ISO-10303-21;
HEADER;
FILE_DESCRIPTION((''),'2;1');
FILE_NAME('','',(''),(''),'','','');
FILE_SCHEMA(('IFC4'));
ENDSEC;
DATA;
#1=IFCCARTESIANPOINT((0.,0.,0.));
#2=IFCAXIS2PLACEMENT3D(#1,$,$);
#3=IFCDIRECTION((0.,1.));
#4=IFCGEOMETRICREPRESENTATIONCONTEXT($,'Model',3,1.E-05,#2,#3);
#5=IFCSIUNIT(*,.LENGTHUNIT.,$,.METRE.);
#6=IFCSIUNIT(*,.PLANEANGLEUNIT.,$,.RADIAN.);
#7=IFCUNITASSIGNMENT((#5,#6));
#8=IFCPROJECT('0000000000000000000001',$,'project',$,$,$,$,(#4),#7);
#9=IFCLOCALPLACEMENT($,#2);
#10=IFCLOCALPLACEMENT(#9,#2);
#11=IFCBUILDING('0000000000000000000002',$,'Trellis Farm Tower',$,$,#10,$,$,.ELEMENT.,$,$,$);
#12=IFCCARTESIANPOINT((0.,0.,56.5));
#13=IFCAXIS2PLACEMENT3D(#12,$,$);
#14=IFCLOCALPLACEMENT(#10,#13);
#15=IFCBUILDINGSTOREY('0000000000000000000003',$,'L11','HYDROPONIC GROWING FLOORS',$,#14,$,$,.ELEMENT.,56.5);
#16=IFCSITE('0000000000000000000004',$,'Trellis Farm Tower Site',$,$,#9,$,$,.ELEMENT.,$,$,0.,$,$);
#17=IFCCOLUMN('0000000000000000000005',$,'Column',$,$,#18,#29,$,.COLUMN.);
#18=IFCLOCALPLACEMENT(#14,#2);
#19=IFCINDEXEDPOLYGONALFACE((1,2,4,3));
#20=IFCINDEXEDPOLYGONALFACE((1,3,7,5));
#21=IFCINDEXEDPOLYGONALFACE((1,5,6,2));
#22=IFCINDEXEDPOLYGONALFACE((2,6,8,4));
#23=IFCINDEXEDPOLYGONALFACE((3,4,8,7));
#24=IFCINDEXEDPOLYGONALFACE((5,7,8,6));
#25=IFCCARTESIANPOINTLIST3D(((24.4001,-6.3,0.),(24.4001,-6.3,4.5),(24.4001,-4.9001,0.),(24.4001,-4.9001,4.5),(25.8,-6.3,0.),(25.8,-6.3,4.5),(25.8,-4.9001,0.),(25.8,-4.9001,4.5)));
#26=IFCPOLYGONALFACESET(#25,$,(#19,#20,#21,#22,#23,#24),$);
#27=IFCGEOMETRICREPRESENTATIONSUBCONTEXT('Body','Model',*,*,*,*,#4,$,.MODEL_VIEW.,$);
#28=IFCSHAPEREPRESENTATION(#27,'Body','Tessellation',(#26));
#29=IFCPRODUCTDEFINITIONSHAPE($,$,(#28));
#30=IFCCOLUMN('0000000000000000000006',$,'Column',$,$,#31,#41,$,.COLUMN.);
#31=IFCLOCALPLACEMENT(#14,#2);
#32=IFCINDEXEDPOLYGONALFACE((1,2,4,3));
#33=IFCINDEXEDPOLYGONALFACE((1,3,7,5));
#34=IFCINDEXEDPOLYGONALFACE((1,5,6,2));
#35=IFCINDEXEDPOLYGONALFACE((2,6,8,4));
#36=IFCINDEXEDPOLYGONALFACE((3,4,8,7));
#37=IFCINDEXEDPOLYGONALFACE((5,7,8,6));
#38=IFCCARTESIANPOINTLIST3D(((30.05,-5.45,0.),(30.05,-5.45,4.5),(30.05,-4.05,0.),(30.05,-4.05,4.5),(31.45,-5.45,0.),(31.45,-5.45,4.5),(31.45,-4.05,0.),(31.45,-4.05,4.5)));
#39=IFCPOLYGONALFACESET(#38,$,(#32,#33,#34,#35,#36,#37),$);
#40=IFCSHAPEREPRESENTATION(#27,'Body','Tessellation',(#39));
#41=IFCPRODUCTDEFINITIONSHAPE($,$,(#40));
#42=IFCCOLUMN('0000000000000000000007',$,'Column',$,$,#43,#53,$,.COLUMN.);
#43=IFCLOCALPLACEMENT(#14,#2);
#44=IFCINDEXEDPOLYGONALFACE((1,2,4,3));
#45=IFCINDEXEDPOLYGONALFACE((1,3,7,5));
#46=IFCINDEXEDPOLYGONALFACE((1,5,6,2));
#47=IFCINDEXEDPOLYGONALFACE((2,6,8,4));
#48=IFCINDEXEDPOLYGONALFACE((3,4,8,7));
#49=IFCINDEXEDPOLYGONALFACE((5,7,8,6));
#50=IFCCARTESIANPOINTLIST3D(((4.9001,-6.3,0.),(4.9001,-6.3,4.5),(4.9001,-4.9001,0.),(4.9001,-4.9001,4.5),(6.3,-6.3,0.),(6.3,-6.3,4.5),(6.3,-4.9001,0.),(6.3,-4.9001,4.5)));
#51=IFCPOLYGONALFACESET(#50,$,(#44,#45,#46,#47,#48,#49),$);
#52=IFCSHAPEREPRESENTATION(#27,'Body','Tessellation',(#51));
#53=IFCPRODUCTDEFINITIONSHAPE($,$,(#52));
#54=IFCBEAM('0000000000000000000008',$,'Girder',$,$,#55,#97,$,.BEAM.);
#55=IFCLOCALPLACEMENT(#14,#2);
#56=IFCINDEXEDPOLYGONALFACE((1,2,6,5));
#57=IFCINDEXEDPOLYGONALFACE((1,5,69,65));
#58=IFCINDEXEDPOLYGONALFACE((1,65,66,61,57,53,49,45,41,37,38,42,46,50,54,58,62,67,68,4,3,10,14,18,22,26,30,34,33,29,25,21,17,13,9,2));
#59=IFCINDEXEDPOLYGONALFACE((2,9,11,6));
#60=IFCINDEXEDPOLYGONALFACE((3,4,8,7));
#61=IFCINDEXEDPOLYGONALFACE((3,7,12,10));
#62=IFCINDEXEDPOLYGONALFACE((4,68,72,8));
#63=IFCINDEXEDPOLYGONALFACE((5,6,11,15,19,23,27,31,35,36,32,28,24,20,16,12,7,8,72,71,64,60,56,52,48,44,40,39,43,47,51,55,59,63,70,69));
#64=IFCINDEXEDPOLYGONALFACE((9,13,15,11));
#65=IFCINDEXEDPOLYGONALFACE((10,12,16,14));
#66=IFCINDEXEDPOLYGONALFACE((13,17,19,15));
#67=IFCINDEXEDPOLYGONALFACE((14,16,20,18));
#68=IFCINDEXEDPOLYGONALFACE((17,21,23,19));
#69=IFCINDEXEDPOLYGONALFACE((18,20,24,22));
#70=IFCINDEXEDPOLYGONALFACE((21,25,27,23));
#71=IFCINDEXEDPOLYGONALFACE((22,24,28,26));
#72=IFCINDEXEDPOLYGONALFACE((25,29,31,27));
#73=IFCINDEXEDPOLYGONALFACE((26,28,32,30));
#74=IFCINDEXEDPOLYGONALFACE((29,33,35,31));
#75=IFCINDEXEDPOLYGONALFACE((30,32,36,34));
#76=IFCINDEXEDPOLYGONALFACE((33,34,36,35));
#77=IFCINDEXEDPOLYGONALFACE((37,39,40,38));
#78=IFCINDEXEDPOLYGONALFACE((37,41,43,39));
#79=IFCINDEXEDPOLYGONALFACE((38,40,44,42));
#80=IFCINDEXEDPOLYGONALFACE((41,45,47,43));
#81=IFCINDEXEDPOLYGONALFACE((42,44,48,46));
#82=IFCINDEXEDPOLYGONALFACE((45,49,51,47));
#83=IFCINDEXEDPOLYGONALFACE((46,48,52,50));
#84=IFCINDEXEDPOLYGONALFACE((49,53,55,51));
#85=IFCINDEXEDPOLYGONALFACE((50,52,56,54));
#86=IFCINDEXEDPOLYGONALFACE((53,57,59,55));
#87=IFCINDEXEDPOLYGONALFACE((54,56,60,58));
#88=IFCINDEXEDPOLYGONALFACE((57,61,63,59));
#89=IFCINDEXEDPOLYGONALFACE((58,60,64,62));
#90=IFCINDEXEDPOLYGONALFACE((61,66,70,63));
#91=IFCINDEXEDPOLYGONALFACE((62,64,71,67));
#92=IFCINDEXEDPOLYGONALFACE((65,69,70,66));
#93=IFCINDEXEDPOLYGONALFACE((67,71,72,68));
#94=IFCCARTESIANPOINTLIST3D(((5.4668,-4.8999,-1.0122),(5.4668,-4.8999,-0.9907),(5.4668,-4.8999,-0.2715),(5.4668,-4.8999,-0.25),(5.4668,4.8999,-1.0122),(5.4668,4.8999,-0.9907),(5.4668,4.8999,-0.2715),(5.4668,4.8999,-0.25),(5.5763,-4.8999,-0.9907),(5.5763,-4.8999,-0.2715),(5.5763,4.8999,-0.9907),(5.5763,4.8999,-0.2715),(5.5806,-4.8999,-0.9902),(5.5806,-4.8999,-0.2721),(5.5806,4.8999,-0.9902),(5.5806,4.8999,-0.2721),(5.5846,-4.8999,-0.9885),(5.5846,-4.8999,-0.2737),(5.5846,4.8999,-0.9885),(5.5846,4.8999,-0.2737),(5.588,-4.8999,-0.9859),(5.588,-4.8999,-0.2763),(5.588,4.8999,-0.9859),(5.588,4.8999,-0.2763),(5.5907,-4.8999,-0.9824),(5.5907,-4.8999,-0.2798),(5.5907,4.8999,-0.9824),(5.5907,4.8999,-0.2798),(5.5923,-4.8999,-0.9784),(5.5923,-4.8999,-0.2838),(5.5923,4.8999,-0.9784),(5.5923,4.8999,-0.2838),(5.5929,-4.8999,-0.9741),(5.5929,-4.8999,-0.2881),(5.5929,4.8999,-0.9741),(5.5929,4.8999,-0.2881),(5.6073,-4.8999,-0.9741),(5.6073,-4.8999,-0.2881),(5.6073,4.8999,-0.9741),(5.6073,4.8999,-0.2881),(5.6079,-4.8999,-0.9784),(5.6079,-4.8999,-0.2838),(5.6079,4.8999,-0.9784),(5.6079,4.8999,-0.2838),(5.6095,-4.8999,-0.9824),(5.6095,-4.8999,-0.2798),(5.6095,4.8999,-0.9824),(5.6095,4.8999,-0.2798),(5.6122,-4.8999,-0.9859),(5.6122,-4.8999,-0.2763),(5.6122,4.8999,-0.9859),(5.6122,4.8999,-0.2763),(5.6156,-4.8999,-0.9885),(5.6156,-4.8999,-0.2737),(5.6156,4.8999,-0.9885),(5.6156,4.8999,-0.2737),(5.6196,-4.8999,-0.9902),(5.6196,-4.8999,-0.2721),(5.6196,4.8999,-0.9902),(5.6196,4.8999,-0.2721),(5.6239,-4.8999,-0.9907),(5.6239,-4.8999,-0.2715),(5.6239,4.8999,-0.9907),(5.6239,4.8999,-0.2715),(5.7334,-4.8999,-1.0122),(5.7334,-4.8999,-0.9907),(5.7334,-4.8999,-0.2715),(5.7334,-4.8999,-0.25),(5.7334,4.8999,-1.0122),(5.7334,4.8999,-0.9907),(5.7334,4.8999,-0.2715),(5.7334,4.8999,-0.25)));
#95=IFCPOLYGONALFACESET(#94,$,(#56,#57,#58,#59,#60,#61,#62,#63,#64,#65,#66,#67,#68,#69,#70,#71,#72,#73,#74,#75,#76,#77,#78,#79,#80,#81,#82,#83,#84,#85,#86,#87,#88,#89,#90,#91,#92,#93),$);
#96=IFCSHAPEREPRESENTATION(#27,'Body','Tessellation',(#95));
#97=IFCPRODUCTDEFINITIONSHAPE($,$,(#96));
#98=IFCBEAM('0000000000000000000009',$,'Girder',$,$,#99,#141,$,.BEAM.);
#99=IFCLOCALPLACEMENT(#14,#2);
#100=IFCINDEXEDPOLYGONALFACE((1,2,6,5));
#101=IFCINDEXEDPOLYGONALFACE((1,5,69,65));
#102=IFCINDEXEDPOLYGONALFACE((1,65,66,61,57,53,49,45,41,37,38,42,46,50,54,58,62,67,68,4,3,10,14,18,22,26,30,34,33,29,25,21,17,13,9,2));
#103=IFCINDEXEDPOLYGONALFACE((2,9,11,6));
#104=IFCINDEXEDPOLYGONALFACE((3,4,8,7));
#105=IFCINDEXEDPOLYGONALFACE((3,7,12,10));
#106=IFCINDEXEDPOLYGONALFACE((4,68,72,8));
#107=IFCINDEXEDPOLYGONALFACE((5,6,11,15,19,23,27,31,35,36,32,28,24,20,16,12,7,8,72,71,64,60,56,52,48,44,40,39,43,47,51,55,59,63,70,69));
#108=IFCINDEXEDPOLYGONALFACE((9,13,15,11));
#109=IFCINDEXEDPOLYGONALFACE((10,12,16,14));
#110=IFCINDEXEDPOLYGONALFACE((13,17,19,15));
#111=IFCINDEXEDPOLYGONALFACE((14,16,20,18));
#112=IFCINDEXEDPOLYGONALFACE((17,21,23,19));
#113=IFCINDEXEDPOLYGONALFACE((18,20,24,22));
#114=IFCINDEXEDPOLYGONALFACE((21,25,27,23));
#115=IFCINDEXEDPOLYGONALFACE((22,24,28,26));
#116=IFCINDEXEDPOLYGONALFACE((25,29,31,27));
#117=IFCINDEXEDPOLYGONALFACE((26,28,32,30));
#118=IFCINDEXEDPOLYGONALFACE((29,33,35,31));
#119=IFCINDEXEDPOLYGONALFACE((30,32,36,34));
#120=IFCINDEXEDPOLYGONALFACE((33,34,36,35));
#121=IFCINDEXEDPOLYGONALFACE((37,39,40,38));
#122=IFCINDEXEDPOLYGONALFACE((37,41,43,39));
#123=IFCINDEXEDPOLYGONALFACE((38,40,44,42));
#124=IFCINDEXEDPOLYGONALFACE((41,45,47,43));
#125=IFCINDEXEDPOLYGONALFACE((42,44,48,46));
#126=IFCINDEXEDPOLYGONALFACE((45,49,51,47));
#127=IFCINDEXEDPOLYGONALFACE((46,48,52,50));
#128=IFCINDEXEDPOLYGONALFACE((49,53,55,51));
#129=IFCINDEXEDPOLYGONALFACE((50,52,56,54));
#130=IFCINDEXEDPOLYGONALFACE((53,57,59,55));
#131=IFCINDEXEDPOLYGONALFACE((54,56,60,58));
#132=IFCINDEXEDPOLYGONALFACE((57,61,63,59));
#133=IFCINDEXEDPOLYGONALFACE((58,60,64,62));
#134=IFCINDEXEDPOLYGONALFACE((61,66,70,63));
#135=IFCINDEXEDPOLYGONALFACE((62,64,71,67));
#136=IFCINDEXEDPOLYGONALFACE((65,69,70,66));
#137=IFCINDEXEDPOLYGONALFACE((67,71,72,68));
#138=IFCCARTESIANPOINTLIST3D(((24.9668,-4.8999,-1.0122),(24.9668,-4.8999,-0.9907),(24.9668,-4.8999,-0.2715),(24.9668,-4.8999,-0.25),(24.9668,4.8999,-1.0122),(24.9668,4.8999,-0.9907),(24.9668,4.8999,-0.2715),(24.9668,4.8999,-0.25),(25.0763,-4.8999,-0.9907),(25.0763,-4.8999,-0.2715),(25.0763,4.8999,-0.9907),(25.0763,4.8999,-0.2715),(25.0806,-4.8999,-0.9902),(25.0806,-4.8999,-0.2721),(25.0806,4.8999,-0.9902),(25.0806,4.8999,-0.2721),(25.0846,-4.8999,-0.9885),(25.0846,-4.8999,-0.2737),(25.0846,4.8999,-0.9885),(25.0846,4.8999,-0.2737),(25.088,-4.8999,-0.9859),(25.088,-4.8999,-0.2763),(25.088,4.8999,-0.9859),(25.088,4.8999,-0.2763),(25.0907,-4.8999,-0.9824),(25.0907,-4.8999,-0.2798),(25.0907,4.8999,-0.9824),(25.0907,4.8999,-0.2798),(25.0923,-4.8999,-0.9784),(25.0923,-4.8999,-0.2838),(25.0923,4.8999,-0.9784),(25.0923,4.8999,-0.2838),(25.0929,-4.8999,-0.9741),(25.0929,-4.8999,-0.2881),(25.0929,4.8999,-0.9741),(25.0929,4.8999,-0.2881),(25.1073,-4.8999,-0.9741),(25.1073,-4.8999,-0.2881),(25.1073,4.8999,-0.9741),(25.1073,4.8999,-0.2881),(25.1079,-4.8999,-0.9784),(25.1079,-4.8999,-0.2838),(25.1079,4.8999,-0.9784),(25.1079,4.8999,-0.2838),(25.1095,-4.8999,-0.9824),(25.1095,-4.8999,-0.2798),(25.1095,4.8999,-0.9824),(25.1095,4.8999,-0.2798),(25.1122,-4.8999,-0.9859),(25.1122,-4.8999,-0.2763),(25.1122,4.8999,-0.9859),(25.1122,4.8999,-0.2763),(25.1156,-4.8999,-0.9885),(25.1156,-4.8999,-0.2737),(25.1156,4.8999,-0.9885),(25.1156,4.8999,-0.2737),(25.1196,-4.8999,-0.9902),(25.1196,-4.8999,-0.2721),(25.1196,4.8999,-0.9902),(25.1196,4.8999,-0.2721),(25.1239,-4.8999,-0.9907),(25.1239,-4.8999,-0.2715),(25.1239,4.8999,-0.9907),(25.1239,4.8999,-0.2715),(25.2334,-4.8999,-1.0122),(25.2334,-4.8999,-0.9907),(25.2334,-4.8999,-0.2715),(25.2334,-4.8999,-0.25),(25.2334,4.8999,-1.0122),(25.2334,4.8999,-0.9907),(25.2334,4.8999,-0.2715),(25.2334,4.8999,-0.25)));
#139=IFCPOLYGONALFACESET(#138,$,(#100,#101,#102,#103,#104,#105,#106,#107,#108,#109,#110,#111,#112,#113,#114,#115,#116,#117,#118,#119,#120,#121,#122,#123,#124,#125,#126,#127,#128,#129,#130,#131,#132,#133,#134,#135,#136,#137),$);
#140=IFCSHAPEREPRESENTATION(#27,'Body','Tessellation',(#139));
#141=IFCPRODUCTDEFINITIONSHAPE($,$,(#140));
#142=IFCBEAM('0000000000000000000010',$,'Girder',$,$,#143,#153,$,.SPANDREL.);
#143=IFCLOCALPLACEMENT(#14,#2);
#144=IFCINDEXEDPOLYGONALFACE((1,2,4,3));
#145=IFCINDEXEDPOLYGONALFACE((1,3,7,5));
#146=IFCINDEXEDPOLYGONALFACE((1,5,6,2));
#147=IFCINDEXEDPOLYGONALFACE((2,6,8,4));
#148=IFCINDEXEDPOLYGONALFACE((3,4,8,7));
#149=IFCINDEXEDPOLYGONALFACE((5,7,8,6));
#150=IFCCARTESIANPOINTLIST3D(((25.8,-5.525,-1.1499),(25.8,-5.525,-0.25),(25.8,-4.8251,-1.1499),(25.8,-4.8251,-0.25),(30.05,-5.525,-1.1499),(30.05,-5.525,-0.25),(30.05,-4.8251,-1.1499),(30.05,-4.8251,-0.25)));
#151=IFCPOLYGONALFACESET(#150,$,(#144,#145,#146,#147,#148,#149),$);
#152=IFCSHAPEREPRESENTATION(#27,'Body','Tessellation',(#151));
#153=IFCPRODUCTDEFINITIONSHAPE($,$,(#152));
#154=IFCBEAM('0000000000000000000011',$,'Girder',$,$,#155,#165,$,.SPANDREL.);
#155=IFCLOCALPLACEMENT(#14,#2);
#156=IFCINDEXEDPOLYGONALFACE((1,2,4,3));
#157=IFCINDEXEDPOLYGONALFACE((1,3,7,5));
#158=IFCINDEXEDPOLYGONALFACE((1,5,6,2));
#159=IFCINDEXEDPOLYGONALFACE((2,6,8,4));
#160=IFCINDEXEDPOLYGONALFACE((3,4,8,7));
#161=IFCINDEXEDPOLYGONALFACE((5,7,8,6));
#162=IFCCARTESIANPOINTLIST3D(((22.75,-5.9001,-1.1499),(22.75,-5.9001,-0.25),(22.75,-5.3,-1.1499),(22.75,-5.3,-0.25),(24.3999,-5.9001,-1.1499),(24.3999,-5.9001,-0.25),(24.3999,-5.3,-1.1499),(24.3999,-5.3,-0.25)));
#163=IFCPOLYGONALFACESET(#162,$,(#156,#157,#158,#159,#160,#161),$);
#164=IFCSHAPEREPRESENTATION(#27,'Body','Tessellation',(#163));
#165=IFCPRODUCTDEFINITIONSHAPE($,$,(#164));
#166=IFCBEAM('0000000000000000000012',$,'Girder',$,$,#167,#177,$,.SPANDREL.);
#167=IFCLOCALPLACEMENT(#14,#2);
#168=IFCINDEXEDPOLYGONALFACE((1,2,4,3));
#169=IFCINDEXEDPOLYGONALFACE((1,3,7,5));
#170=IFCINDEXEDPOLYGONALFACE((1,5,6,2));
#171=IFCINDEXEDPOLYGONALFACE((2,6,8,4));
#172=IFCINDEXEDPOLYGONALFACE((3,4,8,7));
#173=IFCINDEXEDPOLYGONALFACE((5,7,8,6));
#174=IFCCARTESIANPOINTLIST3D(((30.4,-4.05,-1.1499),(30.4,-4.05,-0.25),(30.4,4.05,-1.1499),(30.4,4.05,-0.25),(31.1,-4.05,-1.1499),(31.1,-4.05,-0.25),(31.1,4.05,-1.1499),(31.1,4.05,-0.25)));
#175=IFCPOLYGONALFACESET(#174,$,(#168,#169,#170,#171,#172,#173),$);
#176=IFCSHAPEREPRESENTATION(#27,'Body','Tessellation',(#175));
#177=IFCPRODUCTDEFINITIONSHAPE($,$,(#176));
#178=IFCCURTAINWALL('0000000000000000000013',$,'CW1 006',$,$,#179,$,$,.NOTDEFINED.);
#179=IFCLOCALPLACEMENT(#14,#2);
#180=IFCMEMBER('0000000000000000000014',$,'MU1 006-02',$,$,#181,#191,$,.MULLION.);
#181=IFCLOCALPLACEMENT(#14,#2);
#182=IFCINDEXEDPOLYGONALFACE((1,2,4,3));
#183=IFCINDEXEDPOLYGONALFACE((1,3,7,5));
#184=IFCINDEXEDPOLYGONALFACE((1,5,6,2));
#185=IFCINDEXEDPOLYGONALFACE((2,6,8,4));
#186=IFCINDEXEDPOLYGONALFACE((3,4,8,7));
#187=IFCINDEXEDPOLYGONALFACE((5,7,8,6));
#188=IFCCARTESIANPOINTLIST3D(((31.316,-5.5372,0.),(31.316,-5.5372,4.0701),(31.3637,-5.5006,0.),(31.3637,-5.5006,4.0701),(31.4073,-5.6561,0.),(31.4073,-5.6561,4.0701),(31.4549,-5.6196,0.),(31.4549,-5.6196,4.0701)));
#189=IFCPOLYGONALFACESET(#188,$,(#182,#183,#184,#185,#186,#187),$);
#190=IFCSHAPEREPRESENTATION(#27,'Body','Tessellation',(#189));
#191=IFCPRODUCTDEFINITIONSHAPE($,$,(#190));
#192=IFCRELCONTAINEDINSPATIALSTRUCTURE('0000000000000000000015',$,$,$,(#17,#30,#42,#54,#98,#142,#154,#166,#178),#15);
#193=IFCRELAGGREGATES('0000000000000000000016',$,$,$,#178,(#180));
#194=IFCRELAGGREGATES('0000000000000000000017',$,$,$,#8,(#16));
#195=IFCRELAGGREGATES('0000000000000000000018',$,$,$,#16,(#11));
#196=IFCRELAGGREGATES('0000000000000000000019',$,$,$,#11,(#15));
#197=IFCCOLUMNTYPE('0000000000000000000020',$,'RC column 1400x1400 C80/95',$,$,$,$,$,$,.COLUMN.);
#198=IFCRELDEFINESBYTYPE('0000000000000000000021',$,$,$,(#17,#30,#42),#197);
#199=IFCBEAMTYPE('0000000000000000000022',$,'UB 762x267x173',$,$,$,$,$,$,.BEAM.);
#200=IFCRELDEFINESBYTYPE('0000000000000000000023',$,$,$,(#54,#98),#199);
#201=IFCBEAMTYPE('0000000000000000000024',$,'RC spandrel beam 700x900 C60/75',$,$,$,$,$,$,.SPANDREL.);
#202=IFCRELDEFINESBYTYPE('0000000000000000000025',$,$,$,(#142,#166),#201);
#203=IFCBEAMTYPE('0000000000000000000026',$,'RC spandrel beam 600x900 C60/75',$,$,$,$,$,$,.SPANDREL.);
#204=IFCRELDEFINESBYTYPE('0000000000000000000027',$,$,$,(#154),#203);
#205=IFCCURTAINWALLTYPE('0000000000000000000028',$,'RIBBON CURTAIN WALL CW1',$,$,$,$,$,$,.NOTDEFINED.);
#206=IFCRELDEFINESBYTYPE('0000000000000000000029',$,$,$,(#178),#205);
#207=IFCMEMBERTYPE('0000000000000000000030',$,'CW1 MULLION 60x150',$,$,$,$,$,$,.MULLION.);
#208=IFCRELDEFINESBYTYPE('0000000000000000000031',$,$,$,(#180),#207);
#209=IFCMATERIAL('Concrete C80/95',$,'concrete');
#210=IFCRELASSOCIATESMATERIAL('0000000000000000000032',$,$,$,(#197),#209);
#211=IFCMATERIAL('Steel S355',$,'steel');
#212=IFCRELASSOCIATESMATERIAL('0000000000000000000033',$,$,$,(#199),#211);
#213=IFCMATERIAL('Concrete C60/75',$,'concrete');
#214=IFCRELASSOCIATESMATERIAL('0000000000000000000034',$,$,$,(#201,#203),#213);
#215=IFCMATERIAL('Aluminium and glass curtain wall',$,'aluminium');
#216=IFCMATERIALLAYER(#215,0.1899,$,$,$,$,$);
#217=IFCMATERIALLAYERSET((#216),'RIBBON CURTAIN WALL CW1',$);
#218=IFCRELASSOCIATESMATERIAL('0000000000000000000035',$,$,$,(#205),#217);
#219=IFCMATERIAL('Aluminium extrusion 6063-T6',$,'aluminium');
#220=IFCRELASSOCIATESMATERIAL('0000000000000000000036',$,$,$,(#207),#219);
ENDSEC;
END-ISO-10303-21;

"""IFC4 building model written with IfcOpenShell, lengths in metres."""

from ifc_helpers import new_model, si_unit, direction, frame, origin, origin_2d, place, context, subcontext, project, spatial, rectangle, i_section, extrude, source, transform, mapped, material, layer, layer_set, material_profile, profile_set, type_object, element, aggregate, save


model = new_model("IFC4")

# Units and contexts
model_context = context("Model", 3, precision=1e-05, world=origin(), true_north=direction((0.0, 1.0)))
body_context = subcontext(model_context, "Body", "Model", "MODEL_VIEW")
ifc_project = project(units=[si_unit("LENGTHUNIT", "METRE"), si_unit("PLANEANGLEUNIT", "RADIAN")], contexts=[model_context])

# Site, building, storey
site_placement = place(None, origin())
site = spatial("IfcSite", under=ifc_project, at=site_placement, Name="Trellis Farm Tower Site", CompositionType="ELEMENT", RefElevation=0.0)
building_placement = place(site_placement, origin())
building = spatial("IfcBuilding", under=site, at=building_placement, Name="Trellis Farm Tower", CompositionType="ELEMENT")
storey_placement = place(building_placement, frame((0.0, 0.0, 56.5)))
storey = spatial("IfcBuildingStorey", under=building, at=storey_placement, Name="L11", Description="HYDROPONIC GROWING FLOORS", CompositionType="ELEMENT", Elevation=56.5)

# Columns
ifc_material_1 = material(Name="Concrete C80/95", Category="concrete")
ifc_material_profile_1 = material_profile(ifc_material_1, rectangle(XDim=1.3999, YDim=1.3999, at=origin_2d()), Name="RC column 1400x1400 C80/95")
ifc_profile_set_1 = profile_set([ifc_material_profile_1], Name="Concrete C80/95")
column_type = type_object("IfcColumnType", Name="RC column 1400x1400 C80/95", PredefinedType="COLUMN", material=ifc_profile_set_1)
shared_shape_1 = source(origin(), body_context, "Body", "SweptSolid", [
    extrude(rectangle(XDim=1.3999, YDim=1.3999, at=origin_2d()), origin(), (0.0, 0.0, 1.0), 4.5),
])
for number, where, z_axis, x_axis, name in (
    (1, (25.1001, -5.6001, 0.0), (0.0, 0.0, 1.0), (1.0, 0.0, 0.0), "Column"),
    (2, (30.75, -4.75, 0.0), (0.0, 0.0, 1.0), (1.0, 0.0, 0.0), "Column"),
    (3, (5.6001, -5.6001, 0.0), (0.0, 0.0, 1.0), (1.0, 0.0, 0.0), "Column"),
):
    element("IfcColumn", number, at=place(storey_placement, frame(where, z_axis=z_axis, x_axis=x_axis)), inside=storey, type_object=column_type, Name=name, PredefinedType="COLUMN", context=body_context, shape_type="MappedRepresentation", body=[
        mapped(shared_shape_1, transform((0.0, 0.0, 0.0))),
    ])

# Beams
ifc_material_2 = material(Name="Steel S355", Category="steel")
ifc_material_profile_2 = material_profile(ifc_material_2, i_section(OverallWidth=0.2666, OverallDepth=0.7622, WebThickness=0.0144, FlangeThickness=0.0215, FilletRadius=0.0166, at=origin_2d()), Name="UB 762x267x173")
ifc_profile_set_2 = profile_set([ifc_material_profile_2], Name="Steel S355")
beam_type_1 = type_object("IfcBeamType", Name="UB 762x267x173", PredefinedType="BEAM", material=ifc_profile_set_2)
shared_shape_2 = source(origin(), body_context, "Body", "SweptSolid", [
    extrude(i_section(OverallWidth=0.2666, OverallDepth=0.7622, WebThickness=0.0144, FlangeThickness=0.0215, FilletRadius=0.0166, at=origin_2d()), origin(), (0.0, 0.0, 1.0), 9.7998),
])
for number, where, z_axis, x_axis, name in (
    (4, (5.6001, -4.8999, -0.6311), (0.0, 1.0, 0.0), (-1.0, 0.0, 0.0), "Girder"),
    (5, (25.1001, -4.8999, -0.6311), (0.0, 1.0, 0.0), (-1.0, 0.0, 0.0), "Girder"),
):
    element("IfcBeam", number, at=place(storey_placement, frame(where, z_axis=z_axis, x_axis=x_axis)), inside=storey, type_object=beam_type_1, Name=name, PredefinedType="BEAM", context=body_context, shape_type="MappedRepresentation", body=[
        mapped(shared_shape_2, transform((0.0, 0.0, 0.0))),
    ])
ifc_material_3 = material(Name="Concrete C60/75", Category="concrete")
ifc_material_profile_3 = material_profile(ifc_material_3, rectangle(XDim=0.7, YDim=0.8999, at=origin_2d()), Name="RC spandrel beam 700x900 C60/75")
ifc_profile_set_3 = profile_set([ifc_material_profile_3], Name="Concrete C60/75")
beam_type_2 = type_object("IfcBeamType", Name="RC spandrel beam 700x900 C60/75", PredefinedType="SPANDREL", material=ifc_profile_set_3)
shared_shape_3 = source(origin(), body_context, "Body", "SweptSolid", [
    extrude(rectangle(XDim=0.7, YDim=0.8999, at=origin_2d()), origin(), (0.0, 0.0, 1.0), 4.25),
])
beam_1_placement = place(storey_placement, frame((25.8, -5.175, -0.7), z_axis=(1.0, 0.0, 0.0), x_axis=(0.0, 1.0, 0.0)))
element("IfcBeam", 6, at=beam_1_placement, inside=storey, type_object=beam_type_2, Name="Girder", PredefinedType="SPANDREL", context=body_context, shape_type="MappedRepresentation", body=[
    mapped(shared_shape_3, transform((0.0, 0.0, 0.0))),
])
ifc_material_profile_4 = material_profile(ifc_material_3, rectangle(XDim=0.6001, YDim=0.8999, at=origin_2d()), Name="RC spandrel beam 600x900 C60/75")
ifc_profile_set_4 = profile_set([ifc_material_profile_4], Name="Concrete C60/75")
beam_type_3 = type_object("IfcBeamType", Name="RC spandrel beam 600x900 C60/75", PredefinedType="SPANDREL", material=ifc_profile_set_4)
shared_shape_4 = source(origin(), body_context, "Body", "SweptSolid", [
    extrude(rectangle(XDim=0.6001, YDim=0.8999, at=origin_2d()), origin(), (0.0, 0.0, 1.0), 1.6499),
])
beam_2_placement = place(storey_placement, frame((22.75, -5.6001, -0.7), z_axis=(1.0, 0.0, 0.0), x_axis=(0.0, 1.0, 0.0)))
element("IfcBeam", 7, at=beam_2_placement, inside=storey, type_object=beam_type_3, Name="Girder", PredefinedType="SPANDREL", context=body_context, shape_type="MappedRepresentation", body=[
    mapped(shared_shape_4, transform((0.0, 0.0, 0.0))),
])
shared_shape_5 = source(origin(), body_context, "Body", "SweptSolid", [
    extrude(rectangle(XDim=0.7, YDim=0.8999, at=origin_2d()), origin(), (0.0, 0.0, 1.0), 8.1001),
])
beam_3_placement = place(storey_placement, frame((30.75, -4.05, -0.7), z_axis=(0.0, 1.0, 0.0), x_axis=(-1.0, 0.0, 0.0)))
element("IfcBeam", 8, at=beam_3_placement, inside=storey, type_object=beam_type_2, Name="Girder", PredefinedType="SPANDREL", context=body_context, shape_type="MappedRepresentation", body=[
    mapped(shared_shape_5, transform((0.0, 0.0, 0.0))),
])

# Curtain wall, member
ifc_material_4 = material(Name="Aluminium and glass curtain wall", Category="aluminium")
ifc_layer_1 = layer(ifc_material_4, 0.1899)
ifc_layer_set_1 = layer_set([ifc_layer_1], Name="RIBBON CURTAIN WALL CW1")
curtain_wall_type = type_object("IfcCurtainWallType", Name="RIBBON CURTAIN WALL CW1", PredefinedType="NOTDEFINED", material=ifc_layer_set_1)
placement = place(storey_placement, origin())
curtain_wall = element("IfcCurtainWall", 9, at=placement, inside=storey, type_object=curtain_wall_type, Name="CW1 006", PredefinedType="NOTDEFINED")
ifc_material_5 = material(Name="Aluminium extrusion 6063-T6", Category="aluminium")
ifc_material_profile_5 = material_profile(ifc_material_5, rectangle(XDim=0.0601, YDim=0.1499, at=origin_2d()), Name="MULLION 60x150")
ifc_profile_set_5 = profile_set([ifc_material_profile_5], Name="Aluminium extrusion 6063-T6")
member_type = type_object("IfcMemberType", Name="CW1 MULLION 60x150", PredefinedType="MULLION", material=ifc_profile_set_5)
shared_shape_6 = source(origin(), body_context, "Body", "SweptSolid", [
    extrude(rectangle(XDim=0.0601, YDim=0.1499, at=origin_2d()), origin(), (0.0, 0.0, 1.0), 4.0701),
])
member_placement = place(storey_placement, frame((31.3855, -5.5784, 0.0), z_axis=(0.0, 0.0, 1.0), x_axis=(0.793353, 0.608761, 0.0)))
member = element("IfcMember", 10, at=member_placement, type_object=member_type, Name="MU1 006-02", PredefinedType="MULLION", context=body_context, shape_type="MappedRepresentation", body=[
    mapped(shared_shape_6, transform((0.0, 0.0, 0.0))),
])
aggregate(curtain_wall, [member])

save(model, "model.ifc")
